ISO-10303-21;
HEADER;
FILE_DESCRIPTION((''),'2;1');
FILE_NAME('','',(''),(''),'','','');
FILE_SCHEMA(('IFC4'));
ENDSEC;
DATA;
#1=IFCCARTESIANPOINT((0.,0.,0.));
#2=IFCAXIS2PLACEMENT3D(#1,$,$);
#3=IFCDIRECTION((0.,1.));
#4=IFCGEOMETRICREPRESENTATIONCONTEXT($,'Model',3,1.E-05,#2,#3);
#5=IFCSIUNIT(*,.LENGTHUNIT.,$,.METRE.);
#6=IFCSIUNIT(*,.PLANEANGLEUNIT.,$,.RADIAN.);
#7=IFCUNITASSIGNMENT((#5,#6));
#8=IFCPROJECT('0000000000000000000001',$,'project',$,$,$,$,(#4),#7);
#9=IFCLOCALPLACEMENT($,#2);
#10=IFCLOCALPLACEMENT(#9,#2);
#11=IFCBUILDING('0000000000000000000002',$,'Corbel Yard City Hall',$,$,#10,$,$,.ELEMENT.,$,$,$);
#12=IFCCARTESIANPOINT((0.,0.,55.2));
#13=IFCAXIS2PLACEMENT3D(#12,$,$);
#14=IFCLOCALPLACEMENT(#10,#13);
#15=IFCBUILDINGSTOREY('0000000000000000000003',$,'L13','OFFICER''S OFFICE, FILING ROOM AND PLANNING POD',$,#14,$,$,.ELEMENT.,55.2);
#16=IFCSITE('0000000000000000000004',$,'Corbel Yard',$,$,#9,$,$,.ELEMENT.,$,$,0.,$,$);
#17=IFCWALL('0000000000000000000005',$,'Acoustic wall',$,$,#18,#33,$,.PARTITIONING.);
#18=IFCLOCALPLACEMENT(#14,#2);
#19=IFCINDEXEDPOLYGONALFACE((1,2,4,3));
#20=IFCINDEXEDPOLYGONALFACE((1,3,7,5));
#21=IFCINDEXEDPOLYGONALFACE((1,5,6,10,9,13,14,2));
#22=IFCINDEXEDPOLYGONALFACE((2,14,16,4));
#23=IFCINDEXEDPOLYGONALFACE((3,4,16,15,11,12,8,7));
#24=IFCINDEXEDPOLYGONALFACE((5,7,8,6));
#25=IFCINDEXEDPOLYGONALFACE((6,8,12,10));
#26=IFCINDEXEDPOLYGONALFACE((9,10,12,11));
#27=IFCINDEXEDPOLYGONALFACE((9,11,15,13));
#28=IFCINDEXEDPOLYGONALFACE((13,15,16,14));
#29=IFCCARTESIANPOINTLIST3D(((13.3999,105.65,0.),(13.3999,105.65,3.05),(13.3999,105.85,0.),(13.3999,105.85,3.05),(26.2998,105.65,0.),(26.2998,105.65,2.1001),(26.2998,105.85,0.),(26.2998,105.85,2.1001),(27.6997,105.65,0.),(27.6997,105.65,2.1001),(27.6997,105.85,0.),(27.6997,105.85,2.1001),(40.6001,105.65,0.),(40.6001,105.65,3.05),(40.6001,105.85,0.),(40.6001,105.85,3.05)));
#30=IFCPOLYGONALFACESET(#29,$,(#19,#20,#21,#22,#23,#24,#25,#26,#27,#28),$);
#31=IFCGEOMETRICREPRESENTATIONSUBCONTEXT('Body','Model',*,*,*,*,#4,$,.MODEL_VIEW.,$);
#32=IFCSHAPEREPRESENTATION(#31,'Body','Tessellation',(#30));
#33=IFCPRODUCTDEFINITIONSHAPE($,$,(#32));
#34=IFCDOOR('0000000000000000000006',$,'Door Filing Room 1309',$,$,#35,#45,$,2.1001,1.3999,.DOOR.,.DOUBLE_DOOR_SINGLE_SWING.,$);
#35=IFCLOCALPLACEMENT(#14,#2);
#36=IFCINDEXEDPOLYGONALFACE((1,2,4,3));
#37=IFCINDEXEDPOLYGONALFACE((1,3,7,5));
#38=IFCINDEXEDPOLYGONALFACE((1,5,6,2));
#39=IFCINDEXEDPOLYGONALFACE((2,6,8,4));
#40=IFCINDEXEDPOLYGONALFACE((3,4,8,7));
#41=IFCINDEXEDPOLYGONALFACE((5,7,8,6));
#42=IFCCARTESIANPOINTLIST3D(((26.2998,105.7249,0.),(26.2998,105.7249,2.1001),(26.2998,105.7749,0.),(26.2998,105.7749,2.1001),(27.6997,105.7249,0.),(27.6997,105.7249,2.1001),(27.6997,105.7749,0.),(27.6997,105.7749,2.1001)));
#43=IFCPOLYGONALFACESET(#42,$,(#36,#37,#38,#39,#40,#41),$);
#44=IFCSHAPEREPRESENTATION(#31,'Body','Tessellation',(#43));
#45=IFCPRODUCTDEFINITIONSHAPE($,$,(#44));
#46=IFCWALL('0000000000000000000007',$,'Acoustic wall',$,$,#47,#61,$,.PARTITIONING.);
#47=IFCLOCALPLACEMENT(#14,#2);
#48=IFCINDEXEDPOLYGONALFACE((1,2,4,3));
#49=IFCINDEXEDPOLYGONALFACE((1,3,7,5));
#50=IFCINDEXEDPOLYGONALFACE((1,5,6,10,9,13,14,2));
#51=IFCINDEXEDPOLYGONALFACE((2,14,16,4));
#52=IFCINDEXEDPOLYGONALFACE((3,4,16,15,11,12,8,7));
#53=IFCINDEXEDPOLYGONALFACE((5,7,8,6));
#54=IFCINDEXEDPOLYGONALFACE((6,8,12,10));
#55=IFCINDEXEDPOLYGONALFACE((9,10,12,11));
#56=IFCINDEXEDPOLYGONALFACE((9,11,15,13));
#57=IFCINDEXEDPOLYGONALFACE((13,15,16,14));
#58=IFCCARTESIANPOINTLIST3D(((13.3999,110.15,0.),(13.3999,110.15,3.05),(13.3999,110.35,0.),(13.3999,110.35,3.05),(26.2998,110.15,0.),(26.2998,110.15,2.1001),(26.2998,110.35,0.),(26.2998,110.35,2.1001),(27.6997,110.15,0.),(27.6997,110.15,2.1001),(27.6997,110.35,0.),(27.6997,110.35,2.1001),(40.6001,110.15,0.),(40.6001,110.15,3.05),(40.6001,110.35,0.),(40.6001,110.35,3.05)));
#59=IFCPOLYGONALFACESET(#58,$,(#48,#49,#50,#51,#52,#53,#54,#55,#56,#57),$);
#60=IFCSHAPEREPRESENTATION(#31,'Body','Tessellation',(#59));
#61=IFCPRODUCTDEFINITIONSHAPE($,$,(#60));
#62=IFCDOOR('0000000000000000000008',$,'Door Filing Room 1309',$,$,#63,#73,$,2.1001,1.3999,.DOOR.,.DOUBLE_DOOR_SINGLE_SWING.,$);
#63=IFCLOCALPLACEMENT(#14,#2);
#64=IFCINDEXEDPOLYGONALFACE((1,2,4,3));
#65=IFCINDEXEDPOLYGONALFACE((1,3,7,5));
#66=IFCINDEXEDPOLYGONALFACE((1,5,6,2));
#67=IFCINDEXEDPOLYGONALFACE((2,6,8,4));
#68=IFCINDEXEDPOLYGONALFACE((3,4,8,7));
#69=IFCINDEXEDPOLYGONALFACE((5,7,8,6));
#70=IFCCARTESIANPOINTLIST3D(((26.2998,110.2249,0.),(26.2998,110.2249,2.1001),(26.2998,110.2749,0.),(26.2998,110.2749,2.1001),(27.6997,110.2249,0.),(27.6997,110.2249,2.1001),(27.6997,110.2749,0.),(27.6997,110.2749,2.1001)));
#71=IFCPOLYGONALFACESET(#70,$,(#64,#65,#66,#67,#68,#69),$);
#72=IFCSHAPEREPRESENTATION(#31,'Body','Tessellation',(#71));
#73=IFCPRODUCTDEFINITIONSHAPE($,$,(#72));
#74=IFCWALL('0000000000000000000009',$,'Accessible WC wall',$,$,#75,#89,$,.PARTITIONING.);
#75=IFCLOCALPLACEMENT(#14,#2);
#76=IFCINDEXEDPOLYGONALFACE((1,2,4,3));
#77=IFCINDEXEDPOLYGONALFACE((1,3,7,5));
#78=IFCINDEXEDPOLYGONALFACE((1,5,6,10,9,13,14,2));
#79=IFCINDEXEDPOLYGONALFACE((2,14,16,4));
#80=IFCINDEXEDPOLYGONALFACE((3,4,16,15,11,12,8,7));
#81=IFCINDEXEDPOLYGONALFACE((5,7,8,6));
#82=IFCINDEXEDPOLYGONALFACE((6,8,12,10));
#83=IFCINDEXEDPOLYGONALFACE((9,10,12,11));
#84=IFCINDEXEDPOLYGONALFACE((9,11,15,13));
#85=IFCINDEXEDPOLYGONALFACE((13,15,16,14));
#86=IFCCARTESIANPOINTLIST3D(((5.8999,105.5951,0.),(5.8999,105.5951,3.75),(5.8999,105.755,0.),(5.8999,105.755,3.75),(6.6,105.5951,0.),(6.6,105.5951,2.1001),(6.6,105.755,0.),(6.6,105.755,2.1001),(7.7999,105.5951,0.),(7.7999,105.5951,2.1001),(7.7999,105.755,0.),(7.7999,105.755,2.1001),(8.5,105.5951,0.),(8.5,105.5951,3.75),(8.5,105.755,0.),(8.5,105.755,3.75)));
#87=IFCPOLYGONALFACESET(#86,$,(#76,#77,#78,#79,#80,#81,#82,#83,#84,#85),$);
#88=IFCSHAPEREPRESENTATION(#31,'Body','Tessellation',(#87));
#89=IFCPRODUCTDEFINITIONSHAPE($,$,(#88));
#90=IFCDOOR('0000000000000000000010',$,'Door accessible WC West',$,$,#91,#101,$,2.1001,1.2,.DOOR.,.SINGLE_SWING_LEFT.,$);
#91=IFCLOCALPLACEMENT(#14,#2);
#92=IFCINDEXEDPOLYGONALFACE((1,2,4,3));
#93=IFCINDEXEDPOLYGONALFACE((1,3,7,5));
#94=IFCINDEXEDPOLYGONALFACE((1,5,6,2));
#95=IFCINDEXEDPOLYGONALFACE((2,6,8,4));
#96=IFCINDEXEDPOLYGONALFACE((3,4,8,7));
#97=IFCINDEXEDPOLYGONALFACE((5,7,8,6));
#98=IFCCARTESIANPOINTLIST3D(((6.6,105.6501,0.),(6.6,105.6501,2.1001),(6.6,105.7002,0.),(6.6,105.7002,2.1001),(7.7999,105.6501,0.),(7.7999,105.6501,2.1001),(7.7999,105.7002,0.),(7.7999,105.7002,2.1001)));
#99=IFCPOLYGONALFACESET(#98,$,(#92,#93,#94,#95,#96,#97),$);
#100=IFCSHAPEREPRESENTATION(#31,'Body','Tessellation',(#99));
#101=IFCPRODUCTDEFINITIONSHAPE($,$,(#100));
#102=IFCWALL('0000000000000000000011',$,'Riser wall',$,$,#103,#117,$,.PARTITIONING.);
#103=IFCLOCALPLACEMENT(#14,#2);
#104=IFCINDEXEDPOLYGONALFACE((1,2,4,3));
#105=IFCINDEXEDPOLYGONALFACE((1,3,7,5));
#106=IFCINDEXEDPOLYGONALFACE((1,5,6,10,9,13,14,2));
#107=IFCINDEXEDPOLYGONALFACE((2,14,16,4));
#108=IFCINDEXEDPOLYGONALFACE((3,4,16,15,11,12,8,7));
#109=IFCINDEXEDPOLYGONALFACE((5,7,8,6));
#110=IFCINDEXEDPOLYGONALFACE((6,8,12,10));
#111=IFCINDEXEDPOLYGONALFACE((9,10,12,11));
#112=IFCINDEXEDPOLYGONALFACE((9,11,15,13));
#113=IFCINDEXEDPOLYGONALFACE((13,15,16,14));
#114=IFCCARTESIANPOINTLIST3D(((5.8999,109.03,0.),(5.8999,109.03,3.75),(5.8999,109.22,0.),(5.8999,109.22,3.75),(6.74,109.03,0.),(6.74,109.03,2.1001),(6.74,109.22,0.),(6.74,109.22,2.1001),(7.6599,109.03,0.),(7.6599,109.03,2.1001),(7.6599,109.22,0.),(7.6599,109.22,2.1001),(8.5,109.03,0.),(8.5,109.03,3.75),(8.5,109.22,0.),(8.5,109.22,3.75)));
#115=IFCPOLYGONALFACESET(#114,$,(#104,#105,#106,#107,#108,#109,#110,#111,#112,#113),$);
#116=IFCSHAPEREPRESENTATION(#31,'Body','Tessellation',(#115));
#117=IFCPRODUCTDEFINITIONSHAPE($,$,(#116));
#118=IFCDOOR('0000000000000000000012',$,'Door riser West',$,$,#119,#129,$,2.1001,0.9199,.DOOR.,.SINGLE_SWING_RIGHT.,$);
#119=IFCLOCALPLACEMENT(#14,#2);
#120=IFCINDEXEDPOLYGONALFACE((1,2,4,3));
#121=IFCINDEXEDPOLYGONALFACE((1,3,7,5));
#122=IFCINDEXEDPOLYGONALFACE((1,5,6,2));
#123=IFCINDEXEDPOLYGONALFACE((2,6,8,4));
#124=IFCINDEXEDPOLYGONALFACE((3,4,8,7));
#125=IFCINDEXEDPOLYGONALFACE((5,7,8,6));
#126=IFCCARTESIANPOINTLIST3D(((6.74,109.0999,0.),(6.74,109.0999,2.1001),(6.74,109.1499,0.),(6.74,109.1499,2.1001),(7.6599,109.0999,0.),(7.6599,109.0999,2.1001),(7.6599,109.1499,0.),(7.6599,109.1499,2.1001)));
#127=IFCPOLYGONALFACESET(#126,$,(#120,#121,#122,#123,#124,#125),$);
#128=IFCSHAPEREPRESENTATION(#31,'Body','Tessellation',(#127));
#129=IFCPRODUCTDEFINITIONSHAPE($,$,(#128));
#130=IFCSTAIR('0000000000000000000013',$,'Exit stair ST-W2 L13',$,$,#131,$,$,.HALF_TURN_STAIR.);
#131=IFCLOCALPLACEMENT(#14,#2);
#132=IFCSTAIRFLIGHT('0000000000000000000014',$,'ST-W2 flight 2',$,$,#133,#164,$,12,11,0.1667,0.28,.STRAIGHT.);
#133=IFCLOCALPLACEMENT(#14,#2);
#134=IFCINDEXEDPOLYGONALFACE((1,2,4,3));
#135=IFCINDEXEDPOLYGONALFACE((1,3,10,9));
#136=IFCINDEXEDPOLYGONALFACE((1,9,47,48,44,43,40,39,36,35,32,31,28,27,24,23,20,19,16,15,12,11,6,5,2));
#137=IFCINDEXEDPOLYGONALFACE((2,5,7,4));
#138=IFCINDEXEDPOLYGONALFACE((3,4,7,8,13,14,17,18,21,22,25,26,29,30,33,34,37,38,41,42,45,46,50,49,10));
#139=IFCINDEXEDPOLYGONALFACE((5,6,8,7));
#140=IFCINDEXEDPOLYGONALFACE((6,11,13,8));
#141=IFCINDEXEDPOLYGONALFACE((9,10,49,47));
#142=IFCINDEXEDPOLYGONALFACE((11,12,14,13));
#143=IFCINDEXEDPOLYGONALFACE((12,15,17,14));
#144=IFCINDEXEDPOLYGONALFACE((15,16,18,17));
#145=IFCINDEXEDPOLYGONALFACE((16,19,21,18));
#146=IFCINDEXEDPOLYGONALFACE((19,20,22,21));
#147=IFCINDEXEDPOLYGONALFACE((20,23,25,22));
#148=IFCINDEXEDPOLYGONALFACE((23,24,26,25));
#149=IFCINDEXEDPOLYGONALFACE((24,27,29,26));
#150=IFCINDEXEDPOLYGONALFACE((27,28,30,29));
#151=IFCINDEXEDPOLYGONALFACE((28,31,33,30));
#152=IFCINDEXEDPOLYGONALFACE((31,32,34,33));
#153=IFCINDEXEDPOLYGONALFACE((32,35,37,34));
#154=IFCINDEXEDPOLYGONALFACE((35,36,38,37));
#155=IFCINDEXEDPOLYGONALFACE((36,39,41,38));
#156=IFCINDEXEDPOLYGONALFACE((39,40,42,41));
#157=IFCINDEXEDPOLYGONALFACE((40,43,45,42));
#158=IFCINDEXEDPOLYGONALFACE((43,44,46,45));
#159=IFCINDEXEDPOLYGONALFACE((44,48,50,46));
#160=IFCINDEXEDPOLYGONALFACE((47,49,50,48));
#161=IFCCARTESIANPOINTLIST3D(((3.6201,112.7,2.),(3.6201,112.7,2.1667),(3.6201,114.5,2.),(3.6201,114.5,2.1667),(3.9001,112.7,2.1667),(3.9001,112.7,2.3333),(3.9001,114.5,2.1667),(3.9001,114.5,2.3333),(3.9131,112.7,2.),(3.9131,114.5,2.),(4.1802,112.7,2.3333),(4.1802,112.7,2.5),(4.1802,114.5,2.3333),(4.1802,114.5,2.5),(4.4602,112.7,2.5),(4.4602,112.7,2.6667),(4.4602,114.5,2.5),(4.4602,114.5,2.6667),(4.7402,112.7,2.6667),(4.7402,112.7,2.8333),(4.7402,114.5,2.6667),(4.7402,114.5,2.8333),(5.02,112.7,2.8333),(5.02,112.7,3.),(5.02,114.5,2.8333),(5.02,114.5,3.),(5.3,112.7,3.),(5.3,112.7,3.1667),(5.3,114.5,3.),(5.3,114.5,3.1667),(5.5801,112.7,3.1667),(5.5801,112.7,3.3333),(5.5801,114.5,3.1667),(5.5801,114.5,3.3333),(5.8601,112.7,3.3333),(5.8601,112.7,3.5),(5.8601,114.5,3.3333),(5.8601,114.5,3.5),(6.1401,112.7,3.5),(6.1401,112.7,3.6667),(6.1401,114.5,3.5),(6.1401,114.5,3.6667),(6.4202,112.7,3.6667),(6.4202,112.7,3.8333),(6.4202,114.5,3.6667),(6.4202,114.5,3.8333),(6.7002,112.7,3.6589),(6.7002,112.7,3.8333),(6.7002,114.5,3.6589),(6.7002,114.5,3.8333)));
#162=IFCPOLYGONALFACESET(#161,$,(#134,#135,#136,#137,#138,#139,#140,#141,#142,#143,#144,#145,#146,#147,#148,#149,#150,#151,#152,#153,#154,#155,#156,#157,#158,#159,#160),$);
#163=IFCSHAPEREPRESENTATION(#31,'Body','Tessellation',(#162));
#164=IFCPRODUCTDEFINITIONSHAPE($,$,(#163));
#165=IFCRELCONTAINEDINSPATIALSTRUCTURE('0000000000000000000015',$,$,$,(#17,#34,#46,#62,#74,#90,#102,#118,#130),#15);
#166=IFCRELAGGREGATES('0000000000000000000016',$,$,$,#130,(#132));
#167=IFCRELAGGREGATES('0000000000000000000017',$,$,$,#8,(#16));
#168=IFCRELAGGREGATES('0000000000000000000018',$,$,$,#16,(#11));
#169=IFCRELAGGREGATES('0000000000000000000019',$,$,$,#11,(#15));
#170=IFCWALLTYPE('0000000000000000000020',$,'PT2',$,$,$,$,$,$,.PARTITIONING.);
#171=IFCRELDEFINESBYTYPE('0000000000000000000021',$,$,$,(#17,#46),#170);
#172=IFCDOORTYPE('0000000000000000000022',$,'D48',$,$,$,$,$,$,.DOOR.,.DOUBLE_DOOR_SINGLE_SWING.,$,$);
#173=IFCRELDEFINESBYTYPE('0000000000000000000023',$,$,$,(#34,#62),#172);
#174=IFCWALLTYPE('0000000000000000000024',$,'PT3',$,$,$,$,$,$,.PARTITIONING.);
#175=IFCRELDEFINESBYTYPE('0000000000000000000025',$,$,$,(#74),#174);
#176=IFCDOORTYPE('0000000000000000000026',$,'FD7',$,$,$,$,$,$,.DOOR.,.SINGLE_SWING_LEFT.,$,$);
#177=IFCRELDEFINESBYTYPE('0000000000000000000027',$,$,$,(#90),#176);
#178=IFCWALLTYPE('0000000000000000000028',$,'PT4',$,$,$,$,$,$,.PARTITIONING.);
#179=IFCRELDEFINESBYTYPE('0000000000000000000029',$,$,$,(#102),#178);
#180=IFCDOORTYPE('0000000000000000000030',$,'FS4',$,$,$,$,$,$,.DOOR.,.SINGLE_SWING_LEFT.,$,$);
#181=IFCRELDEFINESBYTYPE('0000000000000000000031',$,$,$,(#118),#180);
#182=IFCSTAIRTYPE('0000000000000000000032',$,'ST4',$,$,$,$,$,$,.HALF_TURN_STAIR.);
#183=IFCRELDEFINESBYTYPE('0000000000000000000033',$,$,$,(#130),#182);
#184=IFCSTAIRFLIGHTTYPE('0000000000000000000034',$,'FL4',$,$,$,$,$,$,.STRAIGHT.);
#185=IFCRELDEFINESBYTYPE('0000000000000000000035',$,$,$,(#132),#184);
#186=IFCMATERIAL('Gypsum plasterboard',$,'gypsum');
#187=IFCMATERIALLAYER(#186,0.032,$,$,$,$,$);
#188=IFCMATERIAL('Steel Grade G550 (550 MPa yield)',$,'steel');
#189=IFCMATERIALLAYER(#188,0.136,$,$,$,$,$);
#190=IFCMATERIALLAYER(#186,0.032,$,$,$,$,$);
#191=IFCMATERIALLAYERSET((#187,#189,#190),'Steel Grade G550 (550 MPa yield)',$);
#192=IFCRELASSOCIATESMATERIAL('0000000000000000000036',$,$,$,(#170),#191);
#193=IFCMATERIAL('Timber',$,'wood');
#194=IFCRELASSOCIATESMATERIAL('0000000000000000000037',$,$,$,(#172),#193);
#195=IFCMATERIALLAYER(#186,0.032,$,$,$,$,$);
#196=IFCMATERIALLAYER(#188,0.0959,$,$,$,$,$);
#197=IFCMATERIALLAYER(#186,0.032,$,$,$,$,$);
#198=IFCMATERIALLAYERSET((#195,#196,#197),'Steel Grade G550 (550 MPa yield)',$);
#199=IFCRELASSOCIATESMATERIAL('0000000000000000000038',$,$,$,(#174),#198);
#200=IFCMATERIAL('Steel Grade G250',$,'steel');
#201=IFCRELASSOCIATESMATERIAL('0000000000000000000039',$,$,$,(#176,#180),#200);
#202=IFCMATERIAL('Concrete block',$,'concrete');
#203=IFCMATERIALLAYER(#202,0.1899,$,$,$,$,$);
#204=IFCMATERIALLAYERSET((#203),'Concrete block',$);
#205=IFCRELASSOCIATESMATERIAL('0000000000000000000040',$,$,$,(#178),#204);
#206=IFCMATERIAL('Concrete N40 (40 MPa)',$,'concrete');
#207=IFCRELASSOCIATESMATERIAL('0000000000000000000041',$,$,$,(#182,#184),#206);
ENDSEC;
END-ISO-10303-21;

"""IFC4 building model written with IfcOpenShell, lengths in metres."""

from ifc_helpers import new_model, si_unit, direction, frame, frame_2d, origin, place, context, subcontext, project, spatial, polyline, rectangle, outline, extrude, material, layer, layer_set, type_object, element, fill, aggregate, save


model = new_model("IFC4")

# Units and contexts
model_context = context("Model", 3, precision=1e-05, world=origin(), true_north=direction((0.0, 1.0)))
body_context = subcontext(model_context, "Body", "Model", "MODEL_VIEW")
ifc_project = project(units=[si_unit("LENGTHUNIT", "METRE"), si_unit("PLANEANGLEUNIT", "RADIAN")], contexts=[model_context])

# Site, building, storey
site_placement = place(None, origin())
site = spatial("IfcSite", under=ifc_project, at=site_placement, Name="Corbel Yard", CompositionType="ELEMENT", RefElevation=0.0)
building_placement = place(site_placement, origin())
building = spatial("IfcBuilding", under=site, at=building_placement, Name="Corbel Yard City Hall", CompositionType="ELEMENT")
storey_placement = place(building_placement, frame((0.0, 0.0, 55.2)))
storey = spatial("IfcBuildingStorey", under=building, at=storey_placement, Name="L13", Description="OFFICER'S OFFICE, FILING ROOM AND PLANNING POD", CompositionType="ELEMENT", Elevation=55.2)

# Shared definitions
ifc_material_1 = material(Name="Concrete N40 (40 MPa)", Category="concrete")

# Walls, openings, doors
ifc_material_2 = material(Name="Gypsum plasterboard", Category="gypsum")
ifc_layer_1 = layer(ifc_material_2, 0.032)
ifc_material_3 = material(Name="Steel Grade G550 (550 MPa yield)", Category="steel")
ifc_layer_2 = layer(ifc_material_3, 0.136)
ifc_layer_3 = layer(ifc_material_2, 0.032)
ifc_layer_set_1 = layer_set([ifc_layer_1, ifc_layer_2, ifc_layer_3], Name="Steel Grade G550 (550 MPa yield)")
wall_type_1 = type_object("IfcWallType", Name="PT2", PredefinedType="PARTITIONING", material=ifc_layer_set_1)
wall_1_placement = place(storey_placement, frame((13.3999, 105.75, 0.0), z_axis=(0.0, 0.0, 1.0), x_axis=(1.0, 0.0, 0.0)))
wall_1 = element("IfcWall", 1, at=wall_1_placement, inside=storey, type_object=wall_type_1, Name="Acoustic wall", PredefinedType="PARTITIONING", context=body_context, shape_type="SweptSolid", body=[
    extrude(rectangle(XDim=27.2002, YDim=0.2, at=frame_2d((13.6001, 0.0))), origin(), (0.0, 0.0, 1.0), 3.05),
])
opening_1_placement = place(wall_1_placement, frame((12.8999, 0.0, 0.0)))
opening_1 = element("IfcOpeningElement", 2, at=opening_1_placement, cuts=wall_1, PredefinedType="OPENING", context=body_context, shape_type="SweptSolid", body=[
    extrude(rectangle(XDim=1.3999, YDim=2.1001, at=frame_2d((0.7, 1.05))), frame((0.0, 0.1099, 0.0), z_axis=(0.0, -1.0, 0.0), x_axis=(1.0, 0.0, 0.0)), (0.0, 0.0, 1.0), 0.22),
])
ifc_material_4 = material(Name="Timber", Category="wood")
door_type_1 = type_object("IfcDoorType", Name="D48", OperationType="DOUBLE_DOOR_SINGLE_SWING", PredefinedType="DOOR", material=ifc_material_4)
door_1_placement = place(opening_1_placement, origin())
door_1 = element("IfcDoor", 3, at=door_1_placement, inside=storey, type_object=door_type_1, Name="Door Filing Room 1309", OperationType="DOUBLE_DOOR_SINGLE_SWING", OverallHeight=2.1001, OverallWidth=1.3999, PredefinedType="DOOR", context=body_context, shape_type="SweptSolid", body=[
    extrude(rectangle(XDim=1.3999, YDim=2.1001, at=frame_2d((0.7, 1.05))), frame((0.0, 0.0249, 0.0), z_axis=(0.0, -1.0, 0.0), x_axis=(1.0, 0.0, 0.0)), (0.0, 0.0, 1.0), 0.05),
])
fill(opening_1, door_1)
wall_2_placement = place(storey_placement, frame((13.3999, 110.25, 0.0), z_axis=(0.0, 0.0, 1.0), x_axis=(1.0, 0.0, 0.0)))
wall_2 = element("IfcWall", 4, at=wall_2_placement, inside=storey, type_object=wall_type_1, Name="Acoustic wall", PredefinedType="PARTITIONING", context=body_context, shape_type="SweptSolid", body=[
    extrude(rectangle(XDim=27.2002, YDim=0.2, at=frame_2d((13.6001, 0.0))), origin(), (0.0, 0.0, 1.0), 3.05),
])
opening_2_placement = place(wall_2_placement, frame((12.8999, 0.0, 0.0)))
opening_2 = element("IfcOpeningElement", 5, at=opening_2_placement, cuts=wall_2, PredefinedType="OPENING", context=body_context, shape_type="SweptSolid", body=[
    extrude(rectangle(XDim=1.3999, YDim=2.1001, at=frame_2d((0.7, 1.05))), frame((0.0, 0.1099, 0.0), z_axis=(0.0, -1.0, 0.0), x_axis=(1.0, 0.0, 0.0)), (0.0, 0.0, 1.0), 0.22),
])
door_2_placement = place(opening_2_placement, origin())
door_2 = element("IfcDoor", 6, at=door_2_placement, inside=storey, type_object=door_type_1, Name="Door Filing Room 1309", OperationType="DOUBLE_DOOR_SINGLE_SWING", OverallHeight=2.1001, OverallWidth=1.3999, PredefinedType="DOOR", context=body_context, shape_type="SweptSolid", body=[
    extrude(rectangle(XDim=1.3999, YDim=2.1001, at=frame_2d((0.7, 1.05))), frame((0.0, 0.0249, 0.0), z_axis=(0.0, -1.0, 0.0), x_axis=(1.0, 0.0, 0.0)), (0.0, 0.0, 1.0), 0.05),
])
fill(opening_2, door_2)
ifc_layer_4 = layer(ifc_material_2, 0.032)
ifc_layer_5 = layer(ifc_material_3, 0.0959)
ifc_layer_6 = layer(ifc_material_2, 0.032)
ifc_layer_set_2 = layer_set([ifc_layer_4, ifc_layer_5, ifc_layer_6], Name="Steel Grade G550 (550 MPa yield)")
wall_type_2 = type_object("IfcWallType", Name="PT3", PredefinedType="PARTITIONING", material=ifc_layer_set_2)
wall_3_placement = place(storey_placement, frame((8.5, 105.675, 0.0), z_axis=(0.0, 0.0, 1.0), x_axis=(-1.0, 0.0, 0.0)))
wall_3 = element("IfcWall", 7, at=wall_3_placement, inside=storey, type_object=wall_type_2, Name="Accessible WC wall", PredefinedType="PARTITIONING", context=body_context, shape_type="SweptSolid", body=[
    extrude(rectangle(XDim=2.6001, YDim=0.1599, at=frame_2d((1.3, 0.0))), origin(), (0.0, 0.0, 1.0), 3.75),
])
opening_3_placement = place(wall_3_placement, frame((0.7, 0.0, 0.0)))
opening_3 = element("IfcOpeningElement", 8, at=opening_3_placement, cuts=wall_3, PredefinedType="OPENING", context=body_context, shape_type="SweptSolid", body=[
    extrude(rectangle(XDim=1.2, YDim=2.1001, at=frame_2d((0.6001, 1.05))), frame((0.0, 0.0898, 0.0), z_axis=(0.0, -1.0, 0.0), x_axis=(1.0, 0.0, 0.0)), (0.0, 0.0, 1.0), 0.1799),
])
ifc_material_5 = material(Name="Steel Grade G250", Category="steel")
door_type_2 = type_object("IfcDoorType", Name="FD7", OperationType="SINGLE_SWING_LEFT", PredefinedType="DOOR", material=ifc_material_5)
door_3_placement = place(opening_3_placement, origin())
door_3 = element("IfcDoor", 9, at=door_3_placement, inside=storey, type_object=door_type_2, Name="Door accessible WC West", OperationType="SINGLE_SWING_LEFT", OverallHeight=2.1001, OverallWidth=1.2, PredefinedType="DOOR", context=body_context, shape_type="SweptSolid", body=[
    extrude(rectangle(XDim=1.2, YDim=2.1001, at=frame_2d((0.6001, 1.05))), frame((0.0, 0.0249, 0.0), z_axis=(0.0, -1.0, 0.0), x_axis=(1.0, 0.0, 0.0)), (0.0, 0.0, 1.0), 0.05),
])
fill(opening_3, door_3)
ifc_material_6 = material(Name="Concrete block", Category="concrete")
ifc_layer_7 = layer(ifc_material_6, 0.1899)
ifc_layer_set_3 = layer_set([ifc_layer_7], Name="Concrete block")
wall_type_3 = type_object("IfcWallType", Name="PT4", PredefinedType="PARTITIONING", material=ifc_layer_set_3)
wall_4_placement = place(storey_placement, frame((8.5, 109.125, 0.0), z_axis=(0.0, 0.0, 1.0), x_axis=(-1.0, 0.0, 0.0)))
wall_4 = element("IfcWall", 10, at=wall_4_placement, inside=storey, type_object=wall_type_3, Name="Riser wall", PredefinedType="PARTITIONING", context=body_context, shape_type="SweptSolid", body=[
    extrude(rectangle(XDim=2.6001, YDim=0.1899, at=frame_2d((1.3, 0.0))), origin(), (0.0, 0.0, 1.0), 3.75),
])
opening_4_placement = place(wall_4_placement, frame((0.8401, 0.0, 0.0)))
opening_4 = element("IfcOpeningElement", 11, at=opening_4_placement, cuts=wall_4, PredefinedType="OPENING", context=body_context, shape_type="SweptSolid", body=[
    extrude(rectangle(XDim=0.9199, YDim=2.1001, at=frame_2d((0.46, 1.05))), frame((0.0, 0.105, 0.0), z_axis=(0.0, -1.0, 0.0), x_axis=(1.0, 0.0, 0.0)), (0.0, 0.0, 1.0), 0.21),
])
door_type_3 = type_object("IfcDoorType", Name="FS4", OperationType="SINGLE_SWING_LEFT", PredefinedType="DOOR", material=ifc_material_5)
door_4_placement = place(opening_4_placement, frame((0.9199, 0.0, 0.0), z_axis=(0.0, 0.0, 1.0), x_axis=(-1.0, 0.0, 0.0)))
door_4 = element("IfcDoor", 12, at=door_4_placement, inside=storey, type_object=door_type_3, Name="Door riser West", OperationType="SINGLE_SWING_RIGHT", OverallHeight=2.1001, OverallWidth=0.9199, PredefinedType="DOOR", context=body_context, shape_type="SweptSolid", body=[
    extrude(rectangle(XDim=0.9199, YDim=2.1001, at=frame_2d((0.46, 1.05))), frame((0.0, 0.0249, 0.0), z_axis=(0.0, -1.0, 0.0), x_axis=(1.0, 0.0, 0.0)), (0.0, 0.0, 1.0), 0.05),
])
fill(opening_4, door_4)

# Stair, stair flight
stair_type = type_object("IfcStairType", Name="ST4", PredefinedType="HALF_TURN_STAIR", material=ifc_material_1)
stair_placement = place(storey_placement, origin())
stair = element("IfcStair", 13, at=stair_placement, inside=storey, type_object=stair_type, Name="Exit stair ST-W2 L13", PredefinedType="HALF_TURN_STAIR")
stair_flight_type = type_object("IfcStairFlightType", Name="FL4", PredefinedType="STRAIGHT", material=ifc_material_1)
stair_flight_placement = place(storey_placement, frame((3.6201, 113.6001, 2.0), z_axis=(0.0, 0.0, 1.0), x_axis=(1.0, 0.0, 0.0)))
stair_flight = element("IfcStairFlight", 14, at=stair_flight_placement, type_object=stair_flight_type, Name="ST-W2 flight 2", NumberOfRisers=12, NumberOfTreads=11, PredefinedType="STRAIGHT", RiserHeight=0.1667, TreadLength=0.28, context=body_context, shape_type="SweptSolid", body=[
    extrude(outline(polyline([(0.0, 0.0), (0.0, 0.1667), (0.28, 0.1667), (0.28, 0.3333), (0.5601, 0.3333), (0.5601, 0.5), (0.8401, 0.5), (0.8401, 0.6667), (1.1201, 0.6667), (1.1201, 0.8333), (1.3999, 0.8333), (1.3999, 1.0), (1.6799, 1.0), (1.6799, 1.1667), (1.96, 1.1667), (1.96, 1.3333), (2.24, 1.3333), (2.24, 1.5), (2.52, 1.5), (2.52, 1.6667), (2.8, 1.6667), (2.8, 1.8333), (3.0801, 1.8333), (3.0801, 2.0), (3.0801, 1.6589), (0.293, 0.0), (0.0, 0.0)])), frame((0.0, 0.8999, 0.0), z_axis=(0.0, -1.0, 0.0), x_axis=(1.0, 0.0, 0.0)), (0.0, 0.0, 1.0), 1.8),
])
aggregate(stair, [stair_flight])

save(model, "model.ifc")
